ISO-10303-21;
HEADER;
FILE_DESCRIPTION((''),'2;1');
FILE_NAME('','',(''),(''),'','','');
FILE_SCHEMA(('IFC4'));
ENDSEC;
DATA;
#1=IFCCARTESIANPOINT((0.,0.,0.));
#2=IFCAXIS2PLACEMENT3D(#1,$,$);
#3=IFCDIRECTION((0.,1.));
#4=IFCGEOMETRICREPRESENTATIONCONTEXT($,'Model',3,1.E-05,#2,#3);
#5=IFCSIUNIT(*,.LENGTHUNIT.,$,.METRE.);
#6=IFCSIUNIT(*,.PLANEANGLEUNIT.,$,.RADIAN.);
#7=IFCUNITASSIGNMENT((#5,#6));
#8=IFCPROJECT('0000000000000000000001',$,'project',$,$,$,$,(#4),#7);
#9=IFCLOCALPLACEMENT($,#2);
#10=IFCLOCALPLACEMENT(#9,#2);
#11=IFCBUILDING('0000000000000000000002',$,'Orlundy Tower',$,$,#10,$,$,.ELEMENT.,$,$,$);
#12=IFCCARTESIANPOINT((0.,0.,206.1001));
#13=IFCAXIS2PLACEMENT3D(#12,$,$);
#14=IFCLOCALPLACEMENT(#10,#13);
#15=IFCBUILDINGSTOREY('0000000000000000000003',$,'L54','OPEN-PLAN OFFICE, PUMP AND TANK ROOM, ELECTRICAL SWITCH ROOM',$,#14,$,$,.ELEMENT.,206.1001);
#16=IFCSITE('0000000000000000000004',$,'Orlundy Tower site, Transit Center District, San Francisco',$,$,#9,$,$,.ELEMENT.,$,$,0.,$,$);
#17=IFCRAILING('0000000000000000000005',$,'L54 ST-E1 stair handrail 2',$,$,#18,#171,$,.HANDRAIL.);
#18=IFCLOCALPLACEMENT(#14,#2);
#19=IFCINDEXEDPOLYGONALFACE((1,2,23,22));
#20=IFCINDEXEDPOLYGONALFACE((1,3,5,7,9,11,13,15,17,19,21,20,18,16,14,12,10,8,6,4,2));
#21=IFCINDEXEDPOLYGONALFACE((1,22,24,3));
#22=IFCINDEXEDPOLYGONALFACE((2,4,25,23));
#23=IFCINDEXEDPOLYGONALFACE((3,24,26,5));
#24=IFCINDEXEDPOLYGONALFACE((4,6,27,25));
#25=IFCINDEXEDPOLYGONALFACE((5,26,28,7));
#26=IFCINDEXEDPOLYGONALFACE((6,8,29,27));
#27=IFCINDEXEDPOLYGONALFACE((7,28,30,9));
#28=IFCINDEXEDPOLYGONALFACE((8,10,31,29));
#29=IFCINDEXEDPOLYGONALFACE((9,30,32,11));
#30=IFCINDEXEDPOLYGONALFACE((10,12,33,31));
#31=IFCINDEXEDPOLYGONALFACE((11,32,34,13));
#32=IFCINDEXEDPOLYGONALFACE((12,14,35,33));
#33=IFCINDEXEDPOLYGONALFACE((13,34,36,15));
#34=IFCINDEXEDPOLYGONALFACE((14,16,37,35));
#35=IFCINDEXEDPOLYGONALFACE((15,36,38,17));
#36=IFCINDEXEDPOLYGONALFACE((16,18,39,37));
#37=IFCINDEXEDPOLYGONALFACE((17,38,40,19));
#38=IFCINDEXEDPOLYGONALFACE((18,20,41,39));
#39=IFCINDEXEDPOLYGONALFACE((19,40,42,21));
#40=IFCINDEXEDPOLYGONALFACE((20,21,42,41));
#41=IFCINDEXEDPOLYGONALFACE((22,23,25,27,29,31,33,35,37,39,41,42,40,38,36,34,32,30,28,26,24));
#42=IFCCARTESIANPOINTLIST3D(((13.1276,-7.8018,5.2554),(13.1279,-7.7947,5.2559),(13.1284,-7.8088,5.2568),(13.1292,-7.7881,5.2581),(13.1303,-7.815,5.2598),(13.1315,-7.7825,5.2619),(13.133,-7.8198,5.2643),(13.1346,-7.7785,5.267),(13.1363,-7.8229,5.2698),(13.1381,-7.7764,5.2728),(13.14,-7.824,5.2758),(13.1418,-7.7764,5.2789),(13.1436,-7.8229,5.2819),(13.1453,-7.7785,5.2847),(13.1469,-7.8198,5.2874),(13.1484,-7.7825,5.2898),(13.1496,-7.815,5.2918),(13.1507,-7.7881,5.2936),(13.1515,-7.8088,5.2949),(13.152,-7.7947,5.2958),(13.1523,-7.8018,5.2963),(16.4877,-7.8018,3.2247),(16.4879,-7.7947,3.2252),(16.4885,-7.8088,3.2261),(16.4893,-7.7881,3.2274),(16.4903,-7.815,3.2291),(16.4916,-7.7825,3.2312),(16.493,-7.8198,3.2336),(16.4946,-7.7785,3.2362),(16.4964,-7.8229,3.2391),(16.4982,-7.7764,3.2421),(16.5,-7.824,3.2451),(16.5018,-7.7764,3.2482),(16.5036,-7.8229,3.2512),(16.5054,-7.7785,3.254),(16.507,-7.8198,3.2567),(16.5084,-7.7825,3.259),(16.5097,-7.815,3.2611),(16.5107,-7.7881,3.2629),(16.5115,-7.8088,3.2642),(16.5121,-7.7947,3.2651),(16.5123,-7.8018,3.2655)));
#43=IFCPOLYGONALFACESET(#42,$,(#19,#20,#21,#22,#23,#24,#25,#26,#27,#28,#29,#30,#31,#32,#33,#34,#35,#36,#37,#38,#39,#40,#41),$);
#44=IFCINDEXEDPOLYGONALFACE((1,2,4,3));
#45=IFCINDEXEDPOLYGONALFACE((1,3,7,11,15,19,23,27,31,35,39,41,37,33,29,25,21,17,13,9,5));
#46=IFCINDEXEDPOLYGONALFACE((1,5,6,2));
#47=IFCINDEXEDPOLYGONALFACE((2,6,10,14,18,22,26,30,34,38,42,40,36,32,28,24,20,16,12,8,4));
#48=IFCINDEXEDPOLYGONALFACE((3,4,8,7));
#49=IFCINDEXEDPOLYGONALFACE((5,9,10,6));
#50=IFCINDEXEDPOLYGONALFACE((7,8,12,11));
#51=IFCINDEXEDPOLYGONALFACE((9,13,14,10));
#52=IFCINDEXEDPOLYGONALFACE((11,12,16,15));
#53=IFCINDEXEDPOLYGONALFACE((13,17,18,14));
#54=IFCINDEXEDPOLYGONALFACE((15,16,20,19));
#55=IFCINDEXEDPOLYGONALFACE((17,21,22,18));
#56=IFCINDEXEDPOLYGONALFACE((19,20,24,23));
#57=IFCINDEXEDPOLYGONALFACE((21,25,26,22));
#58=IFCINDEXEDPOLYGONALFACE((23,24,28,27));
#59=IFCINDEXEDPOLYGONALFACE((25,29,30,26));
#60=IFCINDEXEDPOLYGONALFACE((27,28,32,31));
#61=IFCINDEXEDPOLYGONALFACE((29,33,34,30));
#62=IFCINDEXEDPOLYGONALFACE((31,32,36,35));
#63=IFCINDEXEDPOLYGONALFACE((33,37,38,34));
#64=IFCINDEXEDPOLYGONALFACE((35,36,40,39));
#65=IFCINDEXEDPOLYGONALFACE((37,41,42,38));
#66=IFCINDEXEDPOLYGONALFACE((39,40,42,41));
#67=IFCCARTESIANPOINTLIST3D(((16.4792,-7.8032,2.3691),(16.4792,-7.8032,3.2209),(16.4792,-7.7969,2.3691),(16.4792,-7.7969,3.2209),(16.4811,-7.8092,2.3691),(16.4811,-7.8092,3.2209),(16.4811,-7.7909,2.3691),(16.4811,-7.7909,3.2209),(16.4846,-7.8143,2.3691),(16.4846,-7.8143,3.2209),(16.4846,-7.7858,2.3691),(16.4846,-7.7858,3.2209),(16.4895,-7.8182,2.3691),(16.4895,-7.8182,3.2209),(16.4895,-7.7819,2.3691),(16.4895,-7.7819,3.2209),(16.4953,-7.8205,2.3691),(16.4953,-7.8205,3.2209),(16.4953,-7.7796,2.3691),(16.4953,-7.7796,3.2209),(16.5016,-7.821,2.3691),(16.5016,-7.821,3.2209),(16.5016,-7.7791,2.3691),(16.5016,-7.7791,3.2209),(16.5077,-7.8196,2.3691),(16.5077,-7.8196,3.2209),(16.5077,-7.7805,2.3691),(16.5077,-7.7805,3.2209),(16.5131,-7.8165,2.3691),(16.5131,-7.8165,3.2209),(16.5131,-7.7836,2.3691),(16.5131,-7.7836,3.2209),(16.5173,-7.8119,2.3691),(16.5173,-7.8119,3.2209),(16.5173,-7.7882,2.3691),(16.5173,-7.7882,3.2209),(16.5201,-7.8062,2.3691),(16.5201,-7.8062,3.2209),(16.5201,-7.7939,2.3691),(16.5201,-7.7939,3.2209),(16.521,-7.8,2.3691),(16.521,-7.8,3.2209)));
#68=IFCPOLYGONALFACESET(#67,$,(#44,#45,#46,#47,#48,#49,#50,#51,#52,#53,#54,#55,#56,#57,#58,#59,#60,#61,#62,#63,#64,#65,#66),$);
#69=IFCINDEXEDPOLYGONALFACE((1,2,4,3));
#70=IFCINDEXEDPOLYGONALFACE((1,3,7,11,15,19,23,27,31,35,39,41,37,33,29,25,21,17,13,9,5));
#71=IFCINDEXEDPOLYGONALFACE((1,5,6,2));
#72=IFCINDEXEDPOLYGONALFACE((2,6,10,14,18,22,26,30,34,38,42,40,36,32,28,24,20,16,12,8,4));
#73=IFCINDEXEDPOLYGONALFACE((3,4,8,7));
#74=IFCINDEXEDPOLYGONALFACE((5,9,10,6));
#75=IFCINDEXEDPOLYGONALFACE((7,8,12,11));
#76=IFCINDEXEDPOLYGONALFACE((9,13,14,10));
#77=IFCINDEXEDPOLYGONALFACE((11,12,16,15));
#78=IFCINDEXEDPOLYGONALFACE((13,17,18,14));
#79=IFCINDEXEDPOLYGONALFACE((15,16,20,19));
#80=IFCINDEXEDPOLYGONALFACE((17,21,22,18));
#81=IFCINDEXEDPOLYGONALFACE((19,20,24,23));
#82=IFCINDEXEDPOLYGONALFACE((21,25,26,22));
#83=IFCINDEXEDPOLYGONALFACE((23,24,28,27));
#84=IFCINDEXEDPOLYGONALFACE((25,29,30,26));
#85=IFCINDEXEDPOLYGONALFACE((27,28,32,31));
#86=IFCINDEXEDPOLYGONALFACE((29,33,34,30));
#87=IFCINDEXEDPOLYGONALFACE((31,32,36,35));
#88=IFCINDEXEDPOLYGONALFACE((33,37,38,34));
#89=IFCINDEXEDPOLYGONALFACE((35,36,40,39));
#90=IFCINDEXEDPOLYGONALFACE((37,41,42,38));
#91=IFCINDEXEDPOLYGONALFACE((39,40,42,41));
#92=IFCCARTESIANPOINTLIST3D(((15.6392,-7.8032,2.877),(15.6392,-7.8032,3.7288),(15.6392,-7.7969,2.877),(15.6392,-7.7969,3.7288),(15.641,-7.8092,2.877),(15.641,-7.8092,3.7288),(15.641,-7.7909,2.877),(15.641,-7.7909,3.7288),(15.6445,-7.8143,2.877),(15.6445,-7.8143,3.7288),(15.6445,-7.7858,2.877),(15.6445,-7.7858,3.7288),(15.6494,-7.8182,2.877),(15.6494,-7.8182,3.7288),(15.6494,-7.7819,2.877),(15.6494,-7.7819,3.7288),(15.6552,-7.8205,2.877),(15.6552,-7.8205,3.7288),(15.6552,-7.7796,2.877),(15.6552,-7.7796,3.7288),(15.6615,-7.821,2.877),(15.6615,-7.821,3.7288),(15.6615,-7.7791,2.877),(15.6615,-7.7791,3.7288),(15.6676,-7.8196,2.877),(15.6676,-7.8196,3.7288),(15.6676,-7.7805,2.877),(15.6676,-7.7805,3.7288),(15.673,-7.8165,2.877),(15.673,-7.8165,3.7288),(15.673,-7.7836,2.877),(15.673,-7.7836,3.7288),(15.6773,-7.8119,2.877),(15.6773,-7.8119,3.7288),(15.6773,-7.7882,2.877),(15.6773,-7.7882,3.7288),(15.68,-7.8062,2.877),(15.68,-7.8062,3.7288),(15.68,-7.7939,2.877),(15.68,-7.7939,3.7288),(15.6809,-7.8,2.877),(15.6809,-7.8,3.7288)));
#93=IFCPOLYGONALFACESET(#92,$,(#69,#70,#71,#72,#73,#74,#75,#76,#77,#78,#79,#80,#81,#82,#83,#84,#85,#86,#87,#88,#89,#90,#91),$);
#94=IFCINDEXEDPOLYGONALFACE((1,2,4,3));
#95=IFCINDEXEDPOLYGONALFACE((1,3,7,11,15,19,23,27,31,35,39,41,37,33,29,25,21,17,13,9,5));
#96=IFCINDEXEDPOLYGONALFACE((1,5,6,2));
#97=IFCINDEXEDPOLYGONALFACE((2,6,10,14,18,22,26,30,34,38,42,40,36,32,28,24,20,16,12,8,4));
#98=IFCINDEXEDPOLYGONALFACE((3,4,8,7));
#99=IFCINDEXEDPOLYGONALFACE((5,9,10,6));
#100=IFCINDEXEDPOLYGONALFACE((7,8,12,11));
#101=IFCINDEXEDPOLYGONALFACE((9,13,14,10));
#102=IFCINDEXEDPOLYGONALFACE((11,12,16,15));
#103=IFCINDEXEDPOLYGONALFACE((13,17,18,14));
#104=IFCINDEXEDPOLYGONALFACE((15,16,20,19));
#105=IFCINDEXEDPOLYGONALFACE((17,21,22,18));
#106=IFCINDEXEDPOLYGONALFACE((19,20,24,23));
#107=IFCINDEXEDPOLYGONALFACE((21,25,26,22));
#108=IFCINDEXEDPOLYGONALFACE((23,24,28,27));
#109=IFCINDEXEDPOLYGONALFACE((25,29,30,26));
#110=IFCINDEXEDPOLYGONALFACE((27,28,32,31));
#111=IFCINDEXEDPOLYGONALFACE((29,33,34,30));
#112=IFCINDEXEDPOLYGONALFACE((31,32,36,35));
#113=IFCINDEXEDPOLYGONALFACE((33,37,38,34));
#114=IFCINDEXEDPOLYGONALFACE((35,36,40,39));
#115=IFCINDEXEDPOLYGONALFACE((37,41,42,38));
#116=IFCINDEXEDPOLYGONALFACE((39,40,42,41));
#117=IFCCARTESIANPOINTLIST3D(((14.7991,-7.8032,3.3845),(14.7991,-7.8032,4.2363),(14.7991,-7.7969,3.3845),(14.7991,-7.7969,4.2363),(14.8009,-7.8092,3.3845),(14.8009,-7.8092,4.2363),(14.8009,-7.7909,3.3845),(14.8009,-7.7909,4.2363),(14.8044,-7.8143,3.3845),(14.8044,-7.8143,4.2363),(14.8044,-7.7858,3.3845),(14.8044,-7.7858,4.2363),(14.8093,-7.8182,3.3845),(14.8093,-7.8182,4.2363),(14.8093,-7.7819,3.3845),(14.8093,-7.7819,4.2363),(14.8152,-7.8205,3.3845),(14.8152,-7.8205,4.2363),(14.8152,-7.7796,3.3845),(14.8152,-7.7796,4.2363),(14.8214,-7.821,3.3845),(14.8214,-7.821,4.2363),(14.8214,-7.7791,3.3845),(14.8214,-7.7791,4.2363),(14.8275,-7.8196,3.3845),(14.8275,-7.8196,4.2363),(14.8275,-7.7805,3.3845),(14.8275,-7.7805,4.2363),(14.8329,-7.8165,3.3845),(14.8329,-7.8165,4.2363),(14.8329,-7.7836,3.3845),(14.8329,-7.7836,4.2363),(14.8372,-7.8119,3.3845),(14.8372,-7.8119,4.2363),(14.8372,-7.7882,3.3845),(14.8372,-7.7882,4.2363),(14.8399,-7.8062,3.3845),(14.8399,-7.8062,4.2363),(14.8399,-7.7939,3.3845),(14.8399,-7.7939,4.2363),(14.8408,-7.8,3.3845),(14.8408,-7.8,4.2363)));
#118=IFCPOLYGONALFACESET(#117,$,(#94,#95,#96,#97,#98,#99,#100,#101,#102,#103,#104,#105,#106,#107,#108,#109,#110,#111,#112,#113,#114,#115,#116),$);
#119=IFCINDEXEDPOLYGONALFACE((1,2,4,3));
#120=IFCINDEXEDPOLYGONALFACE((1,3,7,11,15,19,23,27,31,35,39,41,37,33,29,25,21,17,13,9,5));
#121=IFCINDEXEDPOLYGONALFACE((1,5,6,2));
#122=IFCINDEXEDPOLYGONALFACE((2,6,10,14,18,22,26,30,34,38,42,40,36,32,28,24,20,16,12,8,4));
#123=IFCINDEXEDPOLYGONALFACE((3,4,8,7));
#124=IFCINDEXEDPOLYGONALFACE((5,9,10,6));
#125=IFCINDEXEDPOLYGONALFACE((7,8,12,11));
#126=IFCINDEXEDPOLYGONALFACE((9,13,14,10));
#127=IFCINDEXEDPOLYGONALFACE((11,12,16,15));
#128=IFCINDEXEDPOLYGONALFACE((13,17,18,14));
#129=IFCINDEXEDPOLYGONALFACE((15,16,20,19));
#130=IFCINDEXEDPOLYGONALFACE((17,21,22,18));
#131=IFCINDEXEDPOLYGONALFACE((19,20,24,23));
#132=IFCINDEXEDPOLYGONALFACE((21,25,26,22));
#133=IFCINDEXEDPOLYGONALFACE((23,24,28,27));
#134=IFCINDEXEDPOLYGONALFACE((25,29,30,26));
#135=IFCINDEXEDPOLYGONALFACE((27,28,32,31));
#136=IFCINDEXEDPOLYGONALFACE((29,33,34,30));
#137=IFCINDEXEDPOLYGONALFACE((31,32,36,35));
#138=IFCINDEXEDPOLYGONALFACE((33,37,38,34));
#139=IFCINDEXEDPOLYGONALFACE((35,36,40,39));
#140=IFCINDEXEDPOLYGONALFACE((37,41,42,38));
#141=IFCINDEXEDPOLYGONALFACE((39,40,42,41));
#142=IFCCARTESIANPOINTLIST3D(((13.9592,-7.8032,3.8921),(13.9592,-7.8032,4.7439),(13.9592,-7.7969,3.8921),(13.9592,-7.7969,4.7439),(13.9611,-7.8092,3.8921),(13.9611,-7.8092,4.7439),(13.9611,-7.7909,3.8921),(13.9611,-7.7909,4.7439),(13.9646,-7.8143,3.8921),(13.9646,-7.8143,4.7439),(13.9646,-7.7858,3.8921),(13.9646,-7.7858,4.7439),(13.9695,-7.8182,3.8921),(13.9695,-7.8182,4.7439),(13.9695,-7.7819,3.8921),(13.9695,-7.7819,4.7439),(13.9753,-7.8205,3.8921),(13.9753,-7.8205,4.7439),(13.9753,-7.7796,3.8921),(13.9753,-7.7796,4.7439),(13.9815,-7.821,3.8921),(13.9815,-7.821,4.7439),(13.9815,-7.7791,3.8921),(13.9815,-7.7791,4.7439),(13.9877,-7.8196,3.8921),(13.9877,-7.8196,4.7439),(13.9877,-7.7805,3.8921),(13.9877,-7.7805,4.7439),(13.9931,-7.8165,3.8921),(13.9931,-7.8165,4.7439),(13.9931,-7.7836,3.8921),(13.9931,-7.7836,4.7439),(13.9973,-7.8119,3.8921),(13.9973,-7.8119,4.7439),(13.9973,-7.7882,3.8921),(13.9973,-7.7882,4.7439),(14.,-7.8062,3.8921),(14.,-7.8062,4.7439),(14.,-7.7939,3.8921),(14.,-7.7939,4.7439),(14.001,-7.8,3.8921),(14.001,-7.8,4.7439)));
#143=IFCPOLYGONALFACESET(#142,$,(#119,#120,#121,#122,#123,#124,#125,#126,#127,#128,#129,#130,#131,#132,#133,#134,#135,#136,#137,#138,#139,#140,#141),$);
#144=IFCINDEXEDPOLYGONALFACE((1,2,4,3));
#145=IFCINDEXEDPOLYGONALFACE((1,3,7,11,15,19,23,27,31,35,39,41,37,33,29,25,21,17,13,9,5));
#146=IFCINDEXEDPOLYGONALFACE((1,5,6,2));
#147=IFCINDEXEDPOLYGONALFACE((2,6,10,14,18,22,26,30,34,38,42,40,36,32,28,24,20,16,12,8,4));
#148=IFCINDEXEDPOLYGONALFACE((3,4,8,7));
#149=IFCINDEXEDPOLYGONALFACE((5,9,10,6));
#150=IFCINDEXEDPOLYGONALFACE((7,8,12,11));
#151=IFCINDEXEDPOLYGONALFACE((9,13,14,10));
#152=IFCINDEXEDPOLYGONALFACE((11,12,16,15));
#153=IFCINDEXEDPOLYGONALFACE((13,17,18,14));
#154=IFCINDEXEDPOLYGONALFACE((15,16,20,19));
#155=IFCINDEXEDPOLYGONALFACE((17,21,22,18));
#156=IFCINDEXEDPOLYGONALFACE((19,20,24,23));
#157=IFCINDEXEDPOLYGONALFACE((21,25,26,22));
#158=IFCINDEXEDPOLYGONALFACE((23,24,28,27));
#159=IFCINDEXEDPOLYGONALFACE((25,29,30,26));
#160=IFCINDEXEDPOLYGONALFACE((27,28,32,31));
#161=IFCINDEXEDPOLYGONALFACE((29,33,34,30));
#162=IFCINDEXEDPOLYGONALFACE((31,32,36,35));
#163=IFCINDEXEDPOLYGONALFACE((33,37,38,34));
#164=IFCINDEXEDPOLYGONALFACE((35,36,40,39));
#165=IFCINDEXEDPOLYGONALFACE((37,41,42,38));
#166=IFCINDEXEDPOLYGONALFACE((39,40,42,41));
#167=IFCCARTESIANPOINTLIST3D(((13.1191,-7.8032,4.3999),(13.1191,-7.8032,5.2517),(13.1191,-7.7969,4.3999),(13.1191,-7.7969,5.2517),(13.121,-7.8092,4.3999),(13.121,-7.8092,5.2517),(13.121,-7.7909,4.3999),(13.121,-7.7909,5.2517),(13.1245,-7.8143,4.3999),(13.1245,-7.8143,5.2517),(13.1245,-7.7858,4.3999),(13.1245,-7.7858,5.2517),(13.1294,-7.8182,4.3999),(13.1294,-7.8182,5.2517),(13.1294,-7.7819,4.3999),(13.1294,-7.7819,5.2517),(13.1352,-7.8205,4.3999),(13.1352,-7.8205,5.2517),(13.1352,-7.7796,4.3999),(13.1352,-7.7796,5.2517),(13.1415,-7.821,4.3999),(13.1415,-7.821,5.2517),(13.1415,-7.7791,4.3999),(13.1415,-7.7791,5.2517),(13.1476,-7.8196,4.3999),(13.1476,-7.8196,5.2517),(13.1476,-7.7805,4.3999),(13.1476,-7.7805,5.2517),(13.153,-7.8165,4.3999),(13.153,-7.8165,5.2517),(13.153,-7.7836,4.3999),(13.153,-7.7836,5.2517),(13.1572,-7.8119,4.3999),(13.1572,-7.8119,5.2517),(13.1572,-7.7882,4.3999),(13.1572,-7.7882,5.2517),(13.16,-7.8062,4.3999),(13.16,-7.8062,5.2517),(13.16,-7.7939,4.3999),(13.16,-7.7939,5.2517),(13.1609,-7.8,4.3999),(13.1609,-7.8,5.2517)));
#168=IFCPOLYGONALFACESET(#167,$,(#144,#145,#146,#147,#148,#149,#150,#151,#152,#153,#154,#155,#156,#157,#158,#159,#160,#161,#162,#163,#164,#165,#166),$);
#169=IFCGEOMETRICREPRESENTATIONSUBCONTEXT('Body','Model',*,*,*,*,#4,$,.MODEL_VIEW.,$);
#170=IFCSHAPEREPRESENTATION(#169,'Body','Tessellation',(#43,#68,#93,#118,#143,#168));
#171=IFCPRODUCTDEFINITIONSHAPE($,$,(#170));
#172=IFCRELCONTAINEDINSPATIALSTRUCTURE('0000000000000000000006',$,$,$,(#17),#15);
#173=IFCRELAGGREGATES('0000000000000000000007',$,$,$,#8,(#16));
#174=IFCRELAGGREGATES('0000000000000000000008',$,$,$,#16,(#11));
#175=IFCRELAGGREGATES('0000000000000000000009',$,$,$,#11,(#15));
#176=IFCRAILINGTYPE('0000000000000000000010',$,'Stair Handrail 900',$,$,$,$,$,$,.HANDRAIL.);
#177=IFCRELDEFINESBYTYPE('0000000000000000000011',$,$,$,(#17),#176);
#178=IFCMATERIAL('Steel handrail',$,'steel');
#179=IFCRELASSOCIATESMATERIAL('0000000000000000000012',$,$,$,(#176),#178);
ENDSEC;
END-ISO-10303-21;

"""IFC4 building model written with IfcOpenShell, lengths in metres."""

from ifc_helpers import new_model, si_unit, direction, frame, origin, origin_2d, place, context, subcontext, project, spatial, circle, extrude, material, type_object, element, save


model = new_model("IFC4")

# Units and contexts
model_context = context("Model", 3, precision=1e-05, world=origin(), true_north=direction((0.0, 1.0)))
body_context = subcontext(model_context, "Body", "Model", "MODEL_VIEW")
ifc_project = project(units=[si_unit("LENGTHUNIT", "METRE"), si_unit("PLANEANGLEUNIT", "RADIAN")], contexts=[model_context])

# Site, building, storey
site_placement = place(None, origin())
site = spatial("IfcSite", under=ifc_project, at=site_placement, Name="Orlundy Tower site, Transit Center District, San Francisco", CompositionType="ELEMENT", RefElevation=0.0)
building_placement = place(site_placement, origin())
building = spatial("IfcBuilding", under=site, at=building_placement, Name="Orlundy Tower", CompositionType="ELEMENT")
storey_placement = place(building_placement, frame((0.0, 0.0, 206.1001)))
storey = spatial("IfcBuildingStorey", under=building, at=storey_placement, Name="L54", Description="OPEN-PLAN OFFICE, PUMP AND TANK ROOM, ELECTRICAL SWITCH ROOM", CompositionType="ELEMENT", Elevation=206.1001)

# Railing
ifc_material_1 = material(Name="Steel handrail", Category="steel")
railing_type = type_object("IfcRailingType", Name="Stair Handrail 900", PredefinedType="HANDRAIL", material=ifc_material_1)
railing_placement = place(storey_placement, frame((16.5, -7.8, 2.3691)))
element("IfcRailing", 1, at=railing_placement, inside=storey, type_object=railing_type, Name="L54 ST-E1 stair handrail 2", PredefinedType="HANDRAIL", context=body_context, shape_type="SweptSolid", body=[
    extrude(circle(Radius=0.0239, at=origin_2d()), frame((0.0, 0.0, 0.876), z_axis=(-0.855837, 0.0, 0.517246), x_axis=(0.0, -1.0, 0.0)), (0.0, 0.0, 1.0), 3.926),
    extrude(circle(Radius=0.021, at=origin_2d()), origin(), (0.0, 0.0, 1.0), 0.8518),
    extrude(circle(Radius=0.021, at=origin_2d()), frame((-0.8401, 0.0, 0.5078)), (0.0, 0.0, 1.0), 0.8518),
    extrude(circle(Radius=0.021, at=origin_2d()), frame((-1.6802, 0.0, 1.0154)), (0.0, 0.0, 1.0), 0.8518),
    extrude(circle(Radius=0.021, at=origin_2d()), frame((-2.52, 0.0, 1.5229)), (0.0, 0.0, 1.0), 0.8518),
    extrude(circle(Radius=0.021, at=origin_2d()), frame((-3.3601, 0.0, 2.0308)), (0.0, 0.0, 1.0), 0.8518),
])

save(model, "model.ifc")
